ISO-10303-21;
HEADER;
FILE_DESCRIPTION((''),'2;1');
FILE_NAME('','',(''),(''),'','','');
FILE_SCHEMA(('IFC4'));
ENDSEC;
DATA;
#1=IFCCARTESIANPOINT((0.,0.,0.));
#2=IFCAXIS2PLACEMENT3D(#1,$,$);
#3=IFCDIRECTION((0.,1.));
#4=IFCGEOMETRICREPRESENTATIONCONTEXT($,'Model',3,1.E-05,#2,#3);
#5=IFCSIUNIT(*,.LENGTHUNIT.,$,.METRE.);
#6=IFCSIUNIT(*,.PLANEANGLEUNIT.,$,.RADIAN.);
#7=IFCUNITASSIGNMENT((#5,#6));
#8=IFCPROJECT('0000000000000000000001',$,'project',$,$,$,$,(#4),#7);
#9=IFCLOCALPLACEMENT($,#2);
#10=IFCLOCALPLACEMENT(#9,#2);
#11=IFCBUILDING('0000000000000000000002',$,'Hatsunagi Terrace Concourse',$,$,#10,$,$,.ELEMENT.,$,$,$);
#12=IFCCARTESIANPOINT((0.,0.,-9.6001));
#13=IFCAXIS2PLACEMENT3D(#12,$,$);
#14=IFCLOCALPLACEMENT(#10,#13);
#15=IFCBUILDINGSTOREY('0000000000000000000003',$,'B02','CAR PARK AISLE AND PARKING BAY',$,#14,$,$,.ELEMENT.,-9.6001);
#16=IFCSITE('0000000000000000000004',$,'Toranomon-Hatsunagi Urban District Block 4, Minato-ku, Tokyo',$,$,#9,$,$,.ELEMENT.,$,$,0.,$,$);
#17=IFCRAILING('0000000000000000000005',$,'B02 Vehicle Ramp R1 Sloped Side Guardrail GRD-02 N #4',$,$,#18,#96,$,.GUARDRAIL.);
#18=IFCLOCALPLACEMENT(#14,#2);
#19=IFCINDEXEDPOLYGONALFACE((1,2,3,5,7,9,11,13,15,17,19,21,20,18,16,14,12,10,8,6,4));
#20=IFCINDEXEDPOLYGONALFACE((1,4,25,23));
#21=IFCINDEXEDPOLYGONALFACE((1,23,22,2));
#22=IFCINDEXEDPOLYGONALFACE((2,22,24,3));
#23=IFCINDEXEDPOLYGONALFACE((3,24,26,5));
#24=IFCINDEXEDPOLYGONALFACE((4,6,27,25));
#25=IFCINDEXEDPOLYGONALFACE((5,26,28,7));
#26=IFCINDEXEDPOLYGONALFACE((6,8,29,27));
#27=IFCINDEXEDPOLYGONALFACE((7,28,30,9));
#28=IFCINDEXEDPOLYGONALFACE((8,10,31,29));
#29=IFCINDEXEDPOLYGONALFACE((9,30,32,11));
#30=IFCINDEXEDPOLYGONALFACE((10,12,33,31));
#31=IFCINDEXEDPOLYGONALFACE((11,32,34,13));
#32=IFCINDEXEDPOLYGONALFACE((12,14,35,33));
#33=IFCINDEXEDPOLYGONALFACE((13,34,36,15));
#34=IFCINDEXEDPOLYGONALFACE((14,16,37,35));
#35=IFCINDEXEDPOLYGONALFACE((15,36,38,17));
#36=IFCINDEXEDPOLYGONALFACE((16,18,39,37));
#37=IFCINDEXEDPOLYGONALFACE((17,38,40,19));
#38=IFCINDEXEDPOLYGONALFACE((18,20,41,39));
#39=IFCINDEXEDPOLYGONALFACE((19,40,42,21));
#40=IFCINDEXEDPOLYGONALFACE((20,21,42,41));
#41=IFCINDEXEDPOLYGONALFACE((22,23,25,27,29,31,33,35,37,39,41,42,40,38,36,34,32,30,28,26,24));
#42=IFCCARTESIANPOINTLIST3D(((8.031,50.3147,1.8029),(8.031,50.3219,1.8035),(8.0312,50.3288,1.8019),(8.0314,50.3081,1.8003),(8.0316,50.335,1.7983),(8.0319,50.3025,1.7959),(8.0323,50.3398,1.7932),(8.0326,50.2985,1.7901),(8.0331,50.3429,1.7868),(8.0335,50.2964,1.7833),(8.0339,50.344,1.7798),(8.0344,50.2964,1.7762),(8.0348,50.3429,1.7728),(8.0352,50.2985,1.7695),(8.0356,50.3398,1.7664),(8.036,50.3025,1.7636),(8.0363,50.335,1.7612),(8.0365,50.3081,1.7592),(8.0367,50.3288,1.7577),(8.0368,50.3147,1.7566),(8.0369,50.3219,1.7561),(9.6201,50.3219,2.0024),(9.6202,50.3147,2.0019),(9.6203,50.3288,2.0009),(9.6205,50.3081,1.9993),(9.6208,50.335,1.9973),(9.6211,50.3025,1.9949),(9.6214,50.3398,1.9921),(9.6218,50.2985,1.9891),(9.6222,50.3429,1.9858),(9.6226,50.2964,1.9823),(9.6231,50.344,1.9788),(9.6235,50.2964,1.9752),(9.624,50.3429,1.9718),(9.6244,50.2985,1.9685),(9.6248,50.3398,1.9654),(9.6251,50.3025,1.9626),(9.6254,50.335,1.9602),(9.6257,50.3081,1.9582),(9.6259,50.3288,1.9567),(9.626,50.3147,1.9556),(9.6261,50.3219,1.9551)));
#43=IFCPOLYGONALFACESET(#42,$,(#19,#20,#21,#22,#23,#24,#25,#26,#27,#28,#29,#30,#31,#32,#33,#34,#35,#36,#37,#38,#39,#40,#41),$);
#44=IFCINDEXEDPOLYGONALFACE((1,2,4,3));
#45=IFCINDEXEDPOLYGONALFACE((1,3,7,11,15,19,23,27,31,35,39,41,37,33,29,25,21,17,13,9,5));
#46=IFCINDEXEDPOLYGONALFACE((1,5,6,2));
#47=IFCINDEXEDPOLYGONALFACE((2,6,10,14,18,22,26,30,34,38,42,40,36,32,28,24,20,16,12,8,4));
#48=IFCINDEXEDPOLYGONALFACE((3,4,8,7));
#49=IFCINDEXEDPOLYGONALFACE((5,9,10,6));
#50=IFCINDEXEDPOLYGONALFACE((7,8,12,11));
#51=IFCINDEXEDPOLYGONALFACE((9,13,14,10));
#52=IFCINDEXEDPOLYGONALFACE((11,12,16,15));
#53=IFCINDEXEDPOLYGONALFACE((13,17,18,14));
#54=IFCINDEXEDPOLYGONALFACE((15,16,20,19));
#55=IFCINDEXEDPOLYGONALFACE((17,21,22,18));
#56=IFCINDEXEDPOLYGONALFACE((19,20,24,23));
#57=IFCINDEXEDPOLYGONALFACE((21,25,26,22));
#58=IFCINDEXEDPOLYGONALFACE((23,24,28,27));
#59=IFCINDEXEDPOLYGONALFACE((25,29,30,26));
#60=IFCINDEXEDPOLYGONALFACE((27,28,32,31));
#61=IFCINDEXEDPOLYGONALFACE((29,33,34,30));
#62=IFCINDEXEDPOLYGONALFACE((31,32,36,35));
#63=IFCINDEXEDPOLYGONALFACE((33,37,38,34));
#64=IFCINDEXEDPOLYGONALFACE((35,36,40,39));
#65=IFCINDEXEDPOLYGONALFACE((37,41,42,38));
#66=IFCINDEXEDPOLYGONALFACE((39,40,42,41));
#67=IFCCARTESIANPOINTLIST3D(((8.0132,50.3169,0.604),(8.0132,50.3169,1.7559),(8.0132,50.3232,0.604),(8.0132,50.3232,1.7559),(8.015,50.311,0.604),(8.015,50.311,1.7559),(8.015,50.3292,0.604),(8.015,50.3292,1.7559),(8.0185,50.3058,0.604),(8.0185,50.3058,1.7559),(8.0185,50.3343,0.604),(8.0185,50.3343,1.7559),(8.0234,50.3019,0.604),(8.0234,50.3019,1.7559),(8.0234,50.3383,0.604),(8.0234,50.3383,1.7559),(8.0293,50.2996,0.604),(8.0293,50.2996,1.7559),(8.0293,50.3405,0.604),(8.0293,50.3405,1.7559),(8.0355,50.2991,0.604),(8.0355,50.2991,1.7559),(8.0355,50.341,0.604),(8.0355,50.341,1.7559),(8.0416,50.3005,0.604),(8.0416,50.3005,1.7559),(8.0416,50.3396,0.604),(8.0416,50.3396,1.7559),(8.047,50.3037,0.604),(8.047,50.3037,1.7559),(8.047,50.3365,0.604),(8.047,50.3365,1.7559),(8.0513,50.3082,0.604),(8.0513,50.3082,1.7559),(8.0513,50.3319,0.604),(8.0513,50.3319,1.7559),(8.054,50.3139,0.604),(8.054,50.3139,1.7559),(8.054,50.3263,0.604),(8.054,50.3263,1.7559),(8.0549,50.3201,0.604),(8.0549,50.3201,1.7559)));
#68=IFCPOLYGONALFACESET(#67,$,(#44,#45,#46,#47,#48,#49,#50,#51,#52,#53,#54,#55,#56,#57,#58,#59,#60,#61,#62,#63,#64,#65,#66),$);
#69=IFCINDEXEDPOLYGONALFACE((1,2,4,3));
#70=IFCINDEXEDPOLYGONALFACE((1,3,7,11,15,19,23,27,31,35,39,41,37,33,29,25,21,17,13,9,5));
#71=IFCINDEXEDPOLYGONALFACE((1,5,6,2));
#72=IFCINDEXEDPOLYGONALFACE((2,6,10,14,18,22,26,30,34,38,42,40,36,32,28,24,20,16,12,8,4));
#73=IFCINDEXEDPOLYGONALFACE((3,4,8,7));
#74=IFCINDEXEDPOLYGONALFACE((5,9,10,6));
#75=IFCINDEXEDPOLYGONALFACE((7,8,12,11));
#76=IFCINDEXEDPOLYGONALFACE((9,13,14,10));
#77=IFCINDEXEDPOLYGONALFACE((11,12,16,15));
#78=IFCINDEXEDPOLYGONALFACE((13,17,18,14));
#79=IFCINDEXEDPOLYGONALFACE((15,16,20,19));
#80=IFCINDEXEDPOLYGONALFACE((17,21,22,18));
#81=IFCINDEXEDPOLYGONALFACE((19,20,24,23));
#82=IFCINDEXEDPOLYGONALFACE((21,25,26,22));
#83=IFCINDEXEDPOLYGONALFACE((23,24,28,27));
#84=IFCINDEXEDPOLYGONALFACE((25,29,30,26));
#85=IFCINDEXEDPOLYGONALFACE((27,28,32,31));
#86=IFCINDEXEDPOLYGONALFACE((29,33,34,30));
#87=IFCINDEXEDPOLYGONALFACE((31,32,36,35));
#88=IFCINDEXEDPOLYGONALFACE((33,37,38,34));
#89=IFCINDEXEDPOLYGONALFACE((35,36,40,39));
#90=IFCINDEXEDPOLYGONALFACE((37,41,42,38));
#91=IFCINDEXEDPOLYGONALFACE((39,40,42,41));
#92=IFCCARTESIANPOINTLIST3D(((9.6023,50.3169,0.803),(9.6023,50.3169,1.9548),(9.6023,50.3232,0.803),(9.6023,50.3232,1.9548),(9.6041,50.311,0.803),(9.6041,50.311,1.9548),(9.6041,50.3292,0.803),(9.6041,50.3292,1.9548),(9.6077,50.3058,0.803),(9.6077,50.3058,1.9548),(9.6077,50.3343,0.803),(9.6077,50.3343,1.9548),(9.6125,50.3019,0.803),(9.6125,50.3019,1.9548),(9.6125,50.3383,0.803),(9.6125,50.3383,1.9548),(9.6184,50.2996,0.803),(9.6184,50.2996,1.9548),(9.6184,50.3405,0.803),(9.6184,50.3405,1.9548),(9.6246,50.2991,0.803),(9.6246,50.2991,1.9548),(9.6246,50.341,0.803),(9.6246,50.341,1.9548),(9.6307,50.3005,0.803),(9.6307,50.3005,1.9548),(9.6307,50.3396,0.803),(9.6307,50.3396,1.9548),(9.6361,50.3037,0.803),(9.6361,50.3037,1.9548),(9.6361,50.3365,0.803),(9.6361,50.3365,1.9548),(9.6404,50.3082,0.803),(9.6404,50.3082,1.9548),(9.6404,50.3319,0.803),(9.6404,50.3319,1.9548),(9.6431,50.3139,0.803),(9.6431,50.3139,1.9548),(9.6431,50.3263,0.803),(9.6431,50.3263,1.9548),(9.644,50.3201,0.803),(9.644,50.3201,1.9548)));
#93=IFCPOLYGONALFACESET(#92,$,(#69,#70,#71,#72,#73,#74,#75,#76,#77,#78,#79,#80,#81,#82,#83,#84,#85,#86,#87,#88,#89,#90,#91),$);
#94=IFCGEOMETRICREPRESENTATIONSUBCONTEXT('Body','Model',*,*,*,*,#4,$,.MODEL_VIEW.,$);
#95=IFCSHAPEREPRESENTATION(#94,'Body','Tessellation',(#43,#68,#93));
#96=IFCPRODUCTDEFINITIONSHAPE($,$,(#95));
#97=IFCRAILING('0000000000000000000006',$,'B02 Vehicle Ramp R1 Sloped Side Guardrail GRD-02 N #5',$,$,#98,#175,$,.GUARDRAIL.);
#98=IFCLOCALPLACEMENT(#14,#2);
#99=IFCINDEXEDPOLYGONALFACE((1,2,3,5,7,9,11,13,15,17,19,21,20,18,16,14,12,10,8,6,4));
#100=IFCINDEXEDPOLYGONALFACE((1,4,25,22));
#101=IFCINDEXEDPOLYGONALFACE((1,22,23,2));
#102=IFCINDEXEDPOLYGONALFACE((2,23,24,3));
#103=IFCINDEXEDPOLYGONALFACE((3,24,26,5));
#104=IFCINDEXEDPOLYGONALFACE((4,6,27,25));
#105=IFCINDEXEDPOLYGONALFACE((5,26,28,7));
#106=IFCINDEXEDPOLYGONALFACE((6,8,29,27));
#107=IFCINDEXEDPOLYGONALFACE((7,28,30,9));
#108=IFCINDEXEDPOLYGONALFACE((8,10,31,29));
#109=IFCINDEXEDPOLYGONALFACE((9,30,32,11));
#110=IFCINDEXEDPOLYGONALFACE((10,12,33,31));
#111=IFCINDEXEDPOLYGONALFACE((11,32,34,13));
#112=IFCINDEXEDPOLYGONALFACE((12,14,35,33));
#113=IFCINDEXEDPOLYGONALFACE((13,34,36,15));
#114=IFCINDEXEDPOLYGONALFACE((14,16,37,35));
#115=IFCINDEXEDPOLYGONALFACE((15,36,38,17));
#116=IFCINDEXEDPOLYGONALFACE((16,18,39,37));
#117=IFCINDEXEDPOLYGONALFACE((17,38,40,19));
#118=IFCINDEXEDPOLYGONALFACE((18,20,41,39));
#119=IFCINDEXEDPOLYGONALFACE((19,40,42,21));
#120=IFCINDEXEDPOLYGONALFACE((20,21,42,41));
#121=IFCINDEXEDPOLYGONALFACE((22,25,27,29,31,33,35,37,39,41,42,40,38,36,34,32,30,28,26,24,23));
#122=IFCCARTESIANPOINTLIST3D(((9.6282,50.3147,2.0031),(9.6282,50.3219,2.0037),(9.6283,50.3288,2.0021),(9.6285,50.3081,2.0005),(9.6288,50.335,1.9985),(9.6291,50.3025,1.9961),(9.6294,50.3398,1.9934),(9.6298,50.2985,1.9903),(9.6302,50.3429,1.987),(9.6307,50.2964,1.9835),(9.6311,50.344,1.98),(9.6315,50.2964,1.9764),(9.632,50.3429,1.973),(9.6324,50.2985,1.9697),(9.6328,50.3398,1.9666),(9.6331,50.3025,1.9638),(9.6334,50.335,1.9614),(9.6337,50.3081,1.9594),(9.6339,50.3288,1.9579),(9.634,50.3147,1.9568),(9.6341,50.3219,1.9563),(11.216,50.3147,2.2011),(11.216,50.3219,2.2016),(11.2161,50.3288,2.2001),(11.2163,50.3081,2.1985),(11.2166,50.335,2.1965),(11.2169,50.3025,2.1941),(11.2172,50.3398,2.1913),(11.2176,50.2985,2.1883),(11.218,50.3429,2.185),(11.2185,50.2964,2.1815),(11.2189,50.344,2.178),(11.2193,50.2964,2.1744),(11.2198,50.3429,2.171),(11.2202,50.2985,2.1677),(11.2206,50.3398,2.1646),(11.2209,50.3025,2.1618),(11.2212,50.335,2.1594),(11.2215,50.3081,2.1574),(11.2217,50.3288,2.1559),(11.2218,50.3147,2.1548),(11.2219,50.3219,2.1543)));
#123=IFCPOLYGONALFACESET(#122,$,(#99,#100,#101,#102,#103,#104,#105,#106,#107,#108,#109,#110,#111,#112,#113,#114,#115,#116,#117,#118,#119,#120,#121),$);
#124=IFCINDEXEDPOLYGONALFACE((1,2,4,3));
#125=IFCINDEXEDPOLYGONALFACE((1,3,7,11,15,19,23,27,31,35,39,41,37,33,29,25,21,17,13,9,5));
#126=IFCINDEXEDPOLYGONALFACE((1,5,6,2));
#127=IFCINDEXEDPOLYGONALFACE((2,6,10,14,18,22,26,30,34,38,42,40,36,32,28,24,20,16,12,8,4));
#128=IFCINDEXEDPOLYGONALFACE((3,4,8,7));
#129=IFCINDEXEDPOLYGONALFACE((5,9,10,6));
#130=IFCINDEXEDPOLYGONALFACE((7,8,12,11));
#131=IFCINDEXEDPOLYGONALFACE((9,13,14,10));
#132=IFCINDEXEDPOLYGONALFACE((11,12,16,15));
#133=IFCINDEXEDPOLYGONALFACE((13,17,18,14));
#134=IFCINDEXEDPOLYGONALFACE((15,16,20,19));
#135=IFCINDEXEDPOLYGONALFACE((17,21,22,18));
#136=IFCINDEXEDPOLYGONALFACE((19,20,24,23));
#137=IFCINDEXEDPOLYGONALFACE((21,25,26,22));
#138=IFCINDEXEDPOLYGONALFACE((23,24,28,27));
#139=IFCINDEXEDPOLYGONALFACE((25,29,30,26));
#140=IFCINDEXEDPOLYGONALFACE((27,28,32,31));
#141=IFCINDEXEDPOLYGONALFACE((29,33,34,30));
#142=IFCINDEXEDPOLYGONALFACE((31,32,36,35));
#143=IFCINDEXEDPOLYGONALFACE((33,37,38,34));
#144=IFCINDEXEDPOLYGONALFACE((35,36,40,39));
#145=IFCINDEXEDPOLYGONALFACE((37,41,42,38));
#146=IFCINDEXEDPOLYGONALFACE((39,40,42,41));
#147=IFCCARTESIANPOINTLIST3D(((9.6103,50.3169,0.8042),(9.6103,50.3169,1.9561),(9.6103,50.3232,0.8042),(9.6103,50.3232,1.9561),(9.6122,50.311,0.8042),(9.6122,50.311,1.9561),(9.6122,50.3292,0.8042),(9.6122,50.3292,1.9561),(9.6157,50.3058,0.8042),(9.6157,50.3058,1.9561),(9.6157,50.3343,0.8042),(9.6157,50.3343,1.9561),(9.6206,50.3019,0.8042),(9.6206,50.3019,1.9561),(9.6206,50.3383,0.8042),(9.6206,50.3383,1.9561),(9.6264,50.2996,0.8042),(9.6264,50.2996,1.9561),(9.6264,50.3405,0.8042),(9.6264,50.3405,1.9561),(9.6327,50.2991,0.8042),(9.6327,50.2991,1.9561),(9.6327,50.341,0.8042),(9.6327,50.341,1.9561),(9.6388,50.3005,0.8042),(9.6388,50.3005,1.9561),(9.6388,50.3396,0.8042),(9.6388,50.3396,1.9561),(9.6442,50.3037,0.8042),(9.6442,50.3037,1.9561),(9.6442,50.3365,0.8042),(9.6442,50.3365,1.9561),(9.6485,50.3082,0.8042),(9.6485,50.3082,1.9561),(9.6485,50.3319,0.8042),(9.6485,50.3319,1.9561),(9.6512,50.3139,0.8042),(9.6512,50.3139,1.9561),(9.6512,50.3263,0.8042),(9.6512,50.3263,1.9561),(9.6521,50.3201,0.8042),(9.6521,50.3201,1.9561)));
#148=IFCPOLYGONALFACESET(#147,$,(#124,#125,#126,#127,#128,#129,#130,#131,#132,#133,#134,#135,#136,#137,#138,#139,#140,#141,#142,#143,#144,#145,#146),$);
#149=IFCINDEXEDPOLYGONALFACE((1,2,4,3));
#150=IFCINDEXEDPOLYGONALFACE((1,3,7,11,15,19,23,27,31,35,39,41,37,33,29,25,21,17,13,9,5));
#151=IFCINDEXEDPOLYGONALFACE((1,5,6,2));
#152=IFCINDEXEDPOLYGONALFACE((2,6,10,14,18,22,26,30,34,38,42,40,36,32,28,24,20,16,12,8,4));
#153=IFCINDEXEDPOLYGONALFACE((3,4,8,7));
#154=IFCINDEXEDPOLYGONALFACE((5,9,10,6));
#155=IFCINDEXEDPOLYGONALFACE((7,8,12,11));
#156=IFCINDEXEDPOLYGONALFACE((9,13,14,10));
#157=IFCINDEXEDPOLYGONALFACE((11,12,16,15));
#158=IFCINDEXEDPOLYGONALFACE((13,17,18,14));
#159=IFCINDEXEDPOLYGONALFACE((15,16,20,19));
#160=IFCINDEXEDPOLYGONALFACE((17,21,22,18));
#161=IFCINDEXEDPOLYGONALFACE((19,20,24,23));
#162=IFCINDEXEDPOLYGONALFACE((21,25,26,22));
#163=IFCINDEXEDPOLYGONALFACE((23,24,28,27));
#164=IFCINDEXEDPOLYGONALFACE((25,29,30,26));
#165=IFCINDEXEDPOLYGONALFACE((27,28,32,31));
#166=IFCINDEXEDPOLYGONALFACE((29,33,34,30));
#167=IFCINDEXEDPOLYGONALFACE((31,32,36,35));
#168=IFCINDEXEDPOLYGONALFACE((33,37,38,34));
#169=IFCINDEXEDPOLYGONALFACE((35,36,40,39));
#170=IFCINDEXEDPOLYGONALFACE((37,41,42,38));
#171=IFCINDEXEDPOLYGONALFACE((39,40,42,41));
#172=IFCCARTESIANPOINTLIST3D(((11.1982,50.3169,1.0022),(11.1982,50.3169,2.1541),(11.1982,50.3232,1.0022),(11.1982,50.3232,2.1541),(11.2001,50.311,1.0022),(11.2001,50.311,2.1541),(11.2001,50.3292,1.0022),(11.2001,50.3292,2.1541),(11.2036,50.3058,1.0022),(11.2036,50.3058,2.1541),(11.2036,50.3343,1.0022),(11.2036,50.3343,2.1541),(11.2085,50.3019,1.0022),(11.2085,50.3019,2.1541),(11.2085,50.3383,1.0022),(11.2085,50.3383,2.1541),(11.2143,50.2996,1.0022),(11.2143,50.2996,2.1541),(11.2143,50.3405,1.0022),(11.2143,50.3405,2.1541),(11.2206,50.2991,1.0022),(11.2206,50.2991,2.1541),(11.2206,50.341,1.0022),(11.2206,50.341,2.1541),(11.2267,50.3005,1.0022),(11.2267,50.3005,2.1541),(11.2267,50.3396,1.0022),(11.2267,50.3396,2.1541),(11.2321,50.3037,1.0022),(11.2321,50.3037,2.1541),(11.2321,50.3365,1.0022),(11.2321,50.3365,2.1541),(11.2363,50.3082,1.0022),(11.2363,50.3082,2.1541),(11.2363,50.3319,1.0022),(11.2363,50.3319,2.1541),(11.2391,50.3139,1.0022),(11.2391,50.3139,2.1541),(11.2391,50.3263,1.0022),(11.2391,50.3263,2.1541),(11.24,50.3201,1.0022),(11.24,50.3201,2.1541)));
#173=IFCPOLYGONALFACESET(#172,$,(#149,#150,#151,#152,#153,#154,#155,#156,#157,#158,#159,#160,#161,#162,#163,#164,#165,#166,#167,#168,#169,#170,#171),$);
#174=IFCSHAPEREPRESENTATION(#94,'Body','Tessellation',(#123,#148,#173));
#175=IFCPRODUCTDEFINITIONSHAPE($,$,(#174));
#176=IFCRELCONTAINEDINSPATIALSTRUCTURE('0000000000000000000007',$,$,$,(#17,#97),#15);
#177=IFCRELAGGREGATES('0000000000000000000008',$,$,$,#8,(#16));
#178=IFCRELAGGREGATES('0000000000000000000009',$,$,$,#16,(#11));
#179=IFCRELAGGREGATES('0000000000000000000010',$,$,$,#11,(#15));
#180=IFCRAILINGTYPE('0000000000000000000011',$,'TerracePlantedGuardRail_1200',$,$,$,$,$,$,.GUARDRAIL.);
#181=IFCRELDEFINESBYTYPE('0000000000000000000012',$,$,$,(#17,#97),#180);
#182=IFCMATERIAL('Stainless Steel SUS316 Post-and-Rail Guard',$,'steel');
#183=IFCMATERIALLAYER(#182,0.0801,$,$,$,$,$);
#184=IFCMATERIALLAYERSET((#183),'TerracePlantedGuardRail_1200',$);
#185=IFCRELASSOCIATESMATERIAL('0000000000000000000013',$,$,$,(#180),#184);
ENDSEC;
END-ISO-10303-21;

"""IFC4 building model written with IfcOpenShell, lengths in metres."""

from ifc_helpers import new_model, si_unit, direction, frame, origin, origin_2d, place, context, subcontext, project, spatial, circle, extrude, material, layer, layer_set, type_object, element, save


model = new_model("IFC4")

# Units and contexts
model_context = context("Model", 3, precision=1e-05, world=origin(), true_north=direction((0.0, 1.0)))
body_context = subcontext(model_context, "Body", "Model", "MODEL_VIEW")
ifc_project = project(units=[si_unit("LENGTHUNIT", "METRE"), si_unit("PLANEANGLEUNIT", "RADIAN")], contexts=[model_context])

# Site, building, storey
site_placement = place(None, origin())
site = spatial("IfcSite", under=ifc_project, at=site_placement, Name="Toranomon-Hatsunagi Urban District Block 4, Minato-ku, Tokyo", CompositionType="ELEMENT", RefElevation=0.0)
building_placement = place(site_placement, origin())
building = spatial("IfcBuilding", under=site, at=building_placement, Name="Hatsunagi Terrace Concourse", CompositionType="ELEMENT")
storey_placement = place(building_placement, frame((0.0, 0.0, -9.6001)))
storey = spatial("IfcBuildingStorey", under=building, at=storey_placement, Name="B02", Description="CAR PARK AISLE AND PARKING BAY", CompositionType="ELEMENT", Elevation=-9.6001)

# Railings
ifc_material_1 = material(Name="Stainless Steel SUS316 Post-and-Rail Guard", Category="steel")
ifc_layer_1 = layer(ifc_material_1, 0.0801)
ifc_layer_set_1 = layer_set([ifc_layer_1], Name="TerracePlantedGuardRail_1200")
railing_type = type_object("IfcRailingType", Name="TerracePlantedGuardRail_1200", PredefinedType="GUARDRAIL", material=ifc_layer_set_1)
railing_1_placement = place(storey_placement, frame((8.0339, 50.3201, 0.604)))
element("IfcRailing", 1, at=railing_1_placement, inside=storey, type_object=railing_type, Name="B02 Vehicle Ramp R1 Sloped Side Guardrail GRD-02 N #4", PredefinedType="GUARDRAIL", context=body_context, shape_type="SweptSolid", body=[
    extrude(circle(Radius=0.0239, at=origin_2d()), frame((0.0, 0.0, 1.1758), z_axis=(0.992252, 0.0, 0.124241), x_axis=(0.0, 1.0, 0.0)), (0.0, 0.0, 1.0), 1.6016),
    extrude(circle(Radius=0.021, at=origin_2d()), origin(), (0.0, 0.0, 1.0), 1.1519),
    extrude(circle(Radius=0.021, at=origin_2d()), frame((1.5891, 0.0, 0.199)), (0.0, 0.0, 1.0), 1.1519),
])
railing_2_placement = place(storey_placement, frame((9.6311, 50.3201, 0.8042)))
element("IfcRailing", 2, at=railing_2_placement, inside=storey, type_object=railing_type, Name="B02 Vehicle Ramp R1 Sloped Side Guardrail GRD-02 N #5", PredefinedType="GUARDRAIL", context=body_context, shape_type="SweptSolid", body=[
    extrude(circle(Radius=0.0239, at=origin_2d()), frame((0.0, 0.0, 1.1758), z_axis=(0.992315, 0.0, 0.123734), x_axis=(0.0, 1.0, 0.0)), (0.0, 0.0, 1.0), 1.6001),
    extrude(circle(Radius=0.021, at=origin_2d()), origin(), (0.0, 0.0, 1.0), 1.1519),
    extrude(circle(Radius=0.021, at=origin_2d()), frame((1.5879, 0.0, 0.198)), (0.0, 0.0, 1.0), 1.1519),
])

save(model, "model.ifc")
